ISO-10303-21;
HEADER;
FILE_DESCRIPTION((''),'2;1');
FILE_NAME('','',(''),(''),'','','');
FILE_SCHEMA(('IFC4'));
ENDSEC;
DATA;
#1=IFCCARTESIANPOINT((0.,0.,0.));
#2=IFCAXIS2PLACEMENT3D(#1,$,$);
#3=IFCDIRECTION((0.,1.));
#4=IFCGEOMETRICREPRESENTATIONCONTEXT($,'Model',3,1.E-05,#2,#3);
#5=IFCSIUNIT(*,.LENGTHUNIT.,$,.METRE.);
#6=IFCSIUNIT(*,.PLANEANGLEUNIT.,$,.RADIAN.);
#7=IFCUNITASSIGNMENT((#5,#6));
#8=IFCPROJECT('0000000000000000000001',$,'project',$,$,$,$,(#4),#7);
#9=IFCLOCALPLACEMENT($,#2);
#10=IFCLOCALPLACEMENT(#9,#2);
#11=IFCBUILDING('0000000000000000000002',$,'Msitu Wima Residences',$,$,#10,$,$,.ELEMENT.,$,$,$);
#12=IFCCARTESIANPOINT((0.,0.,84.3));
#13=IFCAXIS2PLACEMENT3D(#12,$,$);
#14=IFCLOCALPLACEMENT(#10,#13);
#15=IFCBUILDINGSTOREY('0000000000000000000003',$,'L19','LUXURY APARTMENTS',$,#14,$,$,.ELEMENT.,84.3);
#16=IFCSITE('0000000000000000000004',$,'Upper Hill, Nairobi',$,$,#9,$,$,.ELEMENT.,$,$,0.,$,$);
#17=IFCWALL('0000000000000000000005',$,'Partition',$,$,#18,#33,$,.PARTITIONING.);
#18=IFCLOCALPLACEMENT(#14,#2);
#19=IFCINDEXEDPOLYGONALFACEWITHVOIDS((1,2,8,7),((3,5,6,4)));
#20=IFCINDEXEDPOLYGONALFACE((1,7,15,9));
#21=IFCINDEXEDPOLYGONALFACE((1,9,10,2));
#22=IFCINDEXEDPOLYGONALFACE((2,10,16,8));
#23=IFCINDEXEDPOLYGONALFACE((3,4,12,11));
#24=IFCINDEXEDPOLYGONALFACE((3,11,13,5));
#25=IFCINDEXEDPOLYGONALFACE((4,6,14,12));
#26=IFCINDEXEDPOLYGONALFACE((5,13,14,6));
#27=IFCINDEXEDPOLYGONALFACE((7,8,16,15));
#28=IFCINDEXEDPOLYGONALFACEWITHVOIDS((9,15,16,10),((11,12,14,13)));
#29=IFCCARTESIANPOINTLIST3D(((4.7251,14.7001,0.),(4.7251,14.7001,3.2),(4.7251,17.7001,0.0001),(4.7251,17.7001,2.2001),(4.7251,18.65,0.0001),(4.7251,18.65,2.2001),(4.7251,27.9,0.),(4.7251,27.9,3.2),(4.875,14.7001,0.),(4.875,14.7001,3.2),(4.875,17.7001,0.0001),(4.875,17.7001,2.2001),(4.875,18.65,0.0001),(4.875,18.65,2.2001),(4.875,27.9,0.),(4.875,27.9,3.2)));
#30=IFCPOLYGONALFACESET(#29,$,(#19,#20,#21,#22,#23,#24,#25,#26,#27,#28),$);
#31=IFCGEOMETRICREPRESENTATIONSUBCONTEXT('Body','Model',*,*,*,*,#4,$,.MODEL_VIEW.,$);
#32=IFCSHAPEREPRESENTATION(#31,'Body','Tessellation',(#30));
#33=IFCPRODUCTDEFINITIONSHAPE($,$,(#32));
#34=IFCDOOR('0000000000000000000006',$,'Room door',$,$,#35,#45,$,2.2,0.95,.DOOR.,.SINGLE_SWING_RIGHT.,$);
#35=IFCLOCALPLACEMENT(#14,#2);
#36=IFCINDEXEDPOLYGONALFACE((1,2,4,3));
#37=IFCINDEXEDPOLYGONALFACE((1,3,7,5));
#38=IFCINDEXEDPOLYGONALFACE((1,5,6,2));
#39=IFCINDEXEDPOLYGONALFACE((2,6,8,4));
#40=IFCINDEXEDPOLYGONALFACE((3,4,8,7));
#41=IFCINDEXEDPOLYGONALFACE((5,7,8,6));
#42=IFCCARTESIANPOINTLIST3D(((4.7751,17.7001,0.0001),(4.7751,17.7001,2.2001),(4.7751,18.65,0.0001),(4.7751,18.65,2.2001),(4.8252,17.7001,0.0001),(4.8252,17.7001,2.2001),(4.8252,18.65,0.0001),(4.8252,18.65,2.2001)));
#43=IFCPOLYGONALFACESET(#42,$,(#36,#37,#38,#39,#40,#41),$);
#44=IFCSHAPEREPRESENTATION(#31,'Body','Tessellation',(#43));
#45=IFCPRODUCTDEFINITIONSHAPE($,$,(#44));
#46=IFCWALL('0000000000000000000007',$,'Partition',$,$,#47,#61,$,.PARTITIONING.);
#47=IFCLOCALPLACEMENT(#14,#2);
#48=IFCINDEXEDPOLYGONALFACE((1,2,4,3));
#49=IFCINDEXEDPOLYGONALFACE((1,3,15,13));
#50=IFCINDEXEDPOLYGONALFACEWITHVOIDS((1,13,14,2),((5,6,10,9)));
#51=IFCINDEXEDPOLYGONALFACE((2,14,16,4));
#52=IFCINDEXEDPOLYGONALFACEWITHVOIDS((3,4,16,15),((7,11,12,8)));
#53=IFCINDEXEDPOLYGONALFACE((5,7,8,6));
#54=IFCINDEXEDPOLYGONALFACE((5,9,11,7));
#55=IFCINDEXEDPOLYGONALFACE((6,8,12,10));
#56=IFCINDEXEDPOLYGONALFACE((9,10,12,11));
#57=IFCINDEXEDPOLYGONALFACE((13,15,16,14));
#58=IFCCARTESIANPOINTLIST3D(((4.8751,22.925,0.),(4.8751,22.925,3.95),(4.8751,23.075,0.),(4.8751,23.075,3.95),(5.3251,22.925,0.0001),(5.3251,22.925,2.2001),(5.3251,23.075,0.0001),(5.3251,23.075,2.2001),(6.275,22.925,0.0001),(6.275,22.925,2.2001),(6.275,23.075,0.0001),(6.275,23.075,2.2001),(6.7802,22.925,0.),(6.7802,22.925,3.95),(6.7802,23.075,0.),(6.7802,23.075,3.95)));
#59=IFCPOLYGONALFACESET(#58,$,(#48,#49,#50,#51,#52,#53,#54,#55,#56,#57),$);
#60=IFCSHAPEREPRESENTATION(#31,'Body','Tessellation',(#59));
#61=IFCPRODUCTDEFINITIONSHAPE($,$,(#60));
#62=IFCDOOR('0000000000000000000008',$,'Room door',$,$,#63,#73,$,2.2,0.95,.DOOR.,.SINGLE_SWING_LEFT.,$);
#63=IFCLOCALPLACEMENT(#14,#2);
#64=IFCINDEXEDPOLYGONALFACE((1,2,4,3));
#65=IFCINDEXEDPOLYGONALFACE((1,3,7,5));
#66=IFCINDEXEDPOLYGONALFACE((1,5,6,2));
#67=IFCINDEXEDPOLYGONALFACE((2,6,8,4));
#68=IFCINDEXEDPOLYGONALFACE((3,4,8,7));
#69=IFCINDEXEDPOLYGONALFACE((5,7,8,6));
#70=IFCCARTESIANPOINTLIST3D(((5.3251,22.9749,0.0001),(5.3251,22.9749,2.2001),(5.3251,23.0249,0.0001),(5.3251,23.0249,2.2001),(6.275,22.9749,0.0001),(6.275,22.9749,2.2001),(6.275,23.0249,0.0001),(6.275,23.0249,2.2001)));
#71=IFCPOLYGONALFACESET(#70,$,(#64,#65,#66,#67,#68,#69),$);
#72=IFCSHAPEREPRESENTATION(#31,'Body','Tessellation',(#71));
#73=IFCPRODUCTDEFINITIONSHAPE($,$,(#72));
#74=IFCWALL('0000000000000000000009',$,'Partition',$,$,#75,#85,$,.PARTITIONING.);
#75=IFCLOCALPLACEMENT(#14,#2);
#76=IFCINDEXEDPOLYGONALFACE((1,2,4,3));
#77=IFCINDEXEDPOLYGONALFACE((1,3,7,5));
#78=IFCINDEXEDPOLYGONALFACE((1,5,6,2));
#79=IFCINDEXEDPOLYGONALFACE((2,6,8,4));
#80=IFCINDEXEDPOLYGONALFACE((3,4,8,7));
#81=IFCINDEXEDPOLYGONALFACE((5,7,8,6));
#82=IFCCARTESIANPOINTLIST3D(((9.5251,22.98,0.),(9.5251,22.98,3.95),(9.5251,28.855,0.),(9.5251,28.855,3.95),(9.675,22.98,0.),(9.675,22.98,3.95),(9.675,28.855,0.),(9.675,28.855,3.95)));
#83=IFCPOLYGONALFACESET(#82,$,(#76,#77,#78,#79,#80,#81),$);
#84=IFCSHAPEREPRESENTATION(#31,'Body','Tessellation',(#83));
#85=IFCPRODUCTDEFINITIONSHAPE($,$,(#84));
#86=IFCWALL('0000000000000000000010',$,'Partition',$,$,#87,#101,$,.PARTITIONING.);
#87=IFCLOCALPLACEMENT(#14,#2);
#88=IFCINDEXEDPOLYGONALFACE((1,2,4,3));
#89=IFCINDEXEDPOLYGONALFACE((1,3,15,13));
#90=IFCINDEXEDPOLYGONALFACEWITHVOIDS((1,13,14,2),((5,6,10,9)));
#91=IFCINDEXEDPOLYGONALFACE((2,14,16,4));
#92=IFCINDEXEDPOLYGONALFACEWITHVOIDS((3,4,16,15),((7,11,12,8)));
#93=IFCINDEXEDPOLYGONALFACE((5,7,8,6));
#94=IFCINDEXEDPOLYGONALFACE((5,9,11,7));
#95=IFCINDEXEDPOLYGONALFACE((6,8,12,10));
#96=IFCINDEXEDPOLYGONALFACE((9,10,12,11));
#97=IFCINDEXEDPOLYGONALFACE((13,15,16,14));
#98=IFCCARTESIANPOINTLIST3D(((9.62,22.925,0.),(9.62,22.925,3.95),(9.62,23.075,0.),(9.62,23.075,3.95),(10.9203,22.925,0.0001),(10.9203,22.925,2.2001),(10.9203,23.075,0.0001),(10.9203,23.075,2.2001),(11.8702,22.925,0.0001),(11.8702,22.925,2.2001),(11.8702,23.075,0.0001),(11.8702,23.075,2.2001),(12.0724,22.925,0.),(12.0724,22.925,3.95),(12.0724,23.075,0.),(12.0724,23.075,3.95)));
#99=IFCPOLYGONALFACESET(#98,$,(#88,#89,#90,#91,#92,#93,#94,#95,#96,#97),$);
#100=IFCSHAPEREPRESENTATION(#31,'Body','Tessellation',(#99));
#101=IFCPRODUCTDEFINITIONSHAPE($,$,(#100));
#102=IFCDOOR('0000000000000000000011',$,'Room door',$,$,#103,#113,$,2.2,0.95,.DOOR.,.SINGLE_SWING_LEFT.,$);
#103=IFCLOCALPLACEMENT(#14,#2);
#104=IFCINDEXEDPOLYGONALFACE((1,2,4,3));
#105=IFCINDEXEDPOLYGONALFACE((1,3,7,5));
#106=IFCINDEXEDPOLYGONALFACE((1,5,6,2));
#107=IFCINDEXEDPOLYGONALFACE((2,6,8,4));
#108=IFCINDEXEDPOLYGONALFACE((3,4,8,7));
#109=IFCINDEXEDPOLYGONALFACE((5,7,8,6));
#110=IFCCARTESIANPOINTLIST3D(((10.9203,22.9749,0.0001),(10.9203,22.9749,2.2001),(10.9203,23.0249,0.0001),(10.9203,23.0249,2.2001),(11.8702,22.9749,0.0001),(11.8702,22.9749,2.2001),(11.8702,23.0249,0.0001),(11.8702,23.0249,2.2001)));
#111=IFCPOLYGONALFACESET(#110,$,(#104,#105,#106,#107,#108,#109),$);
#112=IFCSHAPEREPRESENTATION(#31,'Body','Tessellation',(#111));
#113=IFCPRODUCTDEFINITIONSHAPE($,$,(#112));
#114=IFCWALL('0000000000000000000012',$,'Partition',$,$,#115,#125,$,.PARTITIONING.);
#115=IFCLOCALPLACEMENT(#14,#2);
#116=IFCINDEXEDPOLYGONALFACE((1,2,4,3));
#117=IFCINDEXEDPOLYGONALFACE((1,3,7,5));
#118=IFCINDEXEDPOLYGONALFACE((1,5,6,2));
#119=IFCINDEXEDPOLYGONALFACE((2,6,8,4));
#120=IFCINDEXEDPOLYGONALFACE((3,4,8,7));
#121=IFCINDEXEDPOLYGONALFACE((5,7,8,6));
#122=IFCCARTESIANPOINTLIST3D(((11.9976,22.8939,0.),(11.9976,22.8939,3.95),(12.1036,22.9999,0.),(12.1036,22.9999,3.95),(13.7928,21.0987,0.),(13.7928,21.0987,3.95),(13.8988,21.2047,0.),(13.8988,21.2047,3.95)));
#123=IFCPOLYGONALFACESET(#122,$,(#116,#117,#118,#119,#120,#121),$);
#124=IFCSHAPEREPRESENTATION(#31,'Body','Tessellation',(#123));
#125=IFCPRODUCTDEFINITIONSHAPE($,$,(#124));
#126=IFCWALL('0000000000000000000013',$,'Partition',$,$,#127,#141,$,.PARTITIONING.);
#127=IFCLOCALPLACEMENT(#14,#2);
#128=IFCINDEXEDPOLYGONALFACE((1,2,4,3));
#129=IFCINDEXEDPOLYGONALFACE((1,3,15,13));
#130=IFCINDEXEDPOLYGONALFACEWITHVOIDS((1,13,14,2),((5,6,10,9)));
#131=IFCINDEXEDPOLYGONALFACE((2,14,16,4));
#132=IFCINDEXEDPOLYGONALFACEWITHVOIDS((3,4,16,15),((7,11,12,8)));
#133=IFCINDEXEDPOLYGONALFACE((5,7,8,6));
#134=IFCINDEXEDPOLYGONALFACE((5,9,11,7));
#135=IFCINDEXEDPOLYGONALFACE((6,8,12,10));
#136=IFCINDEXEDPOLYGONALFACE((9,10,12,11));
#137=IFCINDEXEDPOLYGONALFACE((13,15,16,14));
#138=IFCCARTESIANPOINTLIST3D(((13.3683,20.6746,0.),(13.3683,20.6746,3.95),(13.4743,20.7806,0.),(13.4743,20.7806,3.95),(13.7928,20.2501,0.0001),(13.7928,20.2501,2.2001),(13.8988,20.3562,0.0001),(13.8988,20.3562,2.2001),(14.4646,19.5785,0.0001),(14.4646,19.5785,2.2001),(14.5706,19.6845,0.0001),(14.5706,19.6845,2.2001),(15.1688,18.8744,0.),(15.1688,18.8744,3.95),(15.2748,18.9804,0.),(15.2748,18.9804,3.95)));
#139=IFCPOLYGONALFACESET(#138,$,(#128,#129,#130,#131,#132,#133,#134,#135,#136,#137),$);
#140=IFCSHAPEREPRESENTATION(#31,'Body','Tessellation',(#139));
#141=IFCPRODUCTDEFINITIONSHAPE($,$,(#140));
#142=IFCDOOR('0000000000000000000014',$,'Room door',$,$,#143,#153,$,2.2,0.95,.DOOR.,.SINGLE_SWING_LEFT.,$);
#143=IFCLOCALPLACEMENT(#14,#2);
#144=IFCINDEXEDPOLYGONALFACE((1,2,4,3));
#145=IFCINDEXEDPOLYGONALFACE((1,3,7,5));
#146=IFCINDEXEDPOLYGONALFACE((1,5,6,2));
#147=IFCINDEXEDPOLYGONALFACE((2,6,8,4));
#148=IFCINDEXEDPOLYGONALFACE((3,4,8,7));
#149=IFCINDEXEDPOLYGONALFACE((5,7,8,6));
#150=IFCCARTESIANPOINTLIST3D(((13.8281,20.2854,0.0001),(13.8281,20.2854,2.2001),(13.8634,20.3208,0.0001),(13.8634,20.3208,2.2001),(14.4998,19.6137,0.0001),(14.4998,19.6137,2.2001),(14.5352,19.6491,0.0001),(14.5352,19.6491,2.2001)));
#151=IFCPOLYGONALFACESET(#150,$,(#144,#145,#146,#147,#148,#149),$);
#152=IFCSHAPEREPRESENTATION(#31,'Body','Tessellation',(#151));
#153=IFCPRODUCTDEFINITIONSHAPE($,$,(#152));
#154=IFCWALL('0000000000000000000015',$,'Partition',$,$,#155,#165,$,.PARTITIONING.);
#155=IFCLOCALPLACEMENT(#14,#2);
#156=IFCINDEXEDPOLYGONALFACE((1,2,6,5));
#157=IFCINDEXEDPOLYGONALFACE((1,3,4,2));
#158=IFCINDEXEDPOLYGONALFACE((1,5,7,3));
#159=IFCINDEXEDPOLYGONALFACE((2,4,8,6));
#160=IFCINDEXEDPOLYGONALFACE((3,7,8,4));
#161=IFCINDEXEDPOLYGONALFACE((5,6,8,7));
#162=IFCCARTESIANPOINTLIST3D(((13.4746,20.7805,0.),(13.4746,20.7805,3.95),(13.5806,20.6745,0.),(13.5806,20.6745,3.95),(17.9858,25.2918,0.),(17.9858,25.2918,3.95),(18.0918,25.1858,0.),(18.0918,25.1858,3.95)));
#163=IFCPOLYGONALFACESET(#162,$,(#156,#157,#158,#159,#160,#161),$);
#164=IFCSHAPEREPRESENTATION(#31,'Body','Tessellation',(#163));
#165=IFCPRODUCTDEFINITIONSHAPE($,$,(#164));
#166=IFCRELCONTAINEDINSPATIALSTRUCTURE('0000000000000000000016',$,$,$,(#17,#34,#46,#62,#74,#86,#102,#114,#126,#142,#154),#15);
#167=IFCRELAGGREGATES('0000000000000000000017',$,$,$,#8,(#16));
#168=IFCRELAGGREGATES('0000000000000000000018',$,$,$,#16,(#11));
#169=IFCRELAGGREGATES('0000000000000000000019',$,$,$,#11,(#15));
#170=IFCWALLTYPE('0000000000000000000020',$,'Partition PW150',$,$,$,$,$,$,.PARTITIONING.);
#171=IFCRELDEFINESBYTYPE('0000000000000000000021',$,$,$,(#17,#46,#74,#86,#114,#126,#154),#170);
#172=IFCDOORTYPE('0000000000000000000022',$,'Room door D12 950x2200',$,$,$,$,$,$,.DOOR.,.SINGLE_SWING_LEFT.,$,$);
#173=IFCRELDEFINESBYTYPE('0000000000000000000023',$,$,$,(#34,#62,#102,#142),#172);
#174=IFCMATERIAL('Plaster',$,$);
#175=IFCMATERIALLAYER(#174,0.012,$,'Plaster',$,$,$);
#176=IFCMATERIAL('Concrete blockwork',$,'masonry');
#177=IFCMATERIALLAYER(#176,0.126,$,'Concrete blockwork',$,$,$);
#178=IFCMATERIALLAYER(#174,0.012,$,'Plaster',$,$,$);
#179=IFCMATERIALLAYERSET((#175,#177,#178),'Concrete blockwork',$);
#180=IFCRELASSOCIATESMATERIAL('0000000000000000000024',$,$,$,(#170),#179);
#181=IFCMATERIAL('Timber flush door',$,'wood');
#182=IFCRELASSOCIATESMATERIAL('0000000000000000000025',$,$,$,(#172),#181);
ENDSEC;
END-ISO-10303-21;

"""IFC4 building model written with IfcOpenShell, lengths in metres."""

from ifc_helpers import new_model, si_unit, direction, frame, frame_2d, origin, place, context, subcontext, project, spatial, rectangle, extrude, material, layer, layer_set, type_object, element, fill, save


model = new_model("IFC4")

# Units and contexts
model_context = context("Model", 3, precision=1e-05, world=origin(), true_north=direction((0.0, 1.0)))
body_context = subcontext(model_context, "Body", "Model", "MODEL_VIEW")
ifc_project = project(units=[si_unit("LENGTHUNIT", "METRE"), si_unit("PLANEANGLEUNIT", "RADIAN")], contexts=[model_context])

# Site, building, storey
site_placement = place(None, origin())
site = spatial("IfcSite", under=ifc_project, at=site_placement, Name="Upper Hill, Nairobi", CompositionType="ELEMENT", RefElevation=0.0)
building_placement = place(site_placement, origin())
building = spatial("IfcBuilding", under=site, at=building_placement, Name="Msitu Wima Residences", CompositionType="ELEMENT")
storey_placement = place(building_placement, frame((0.0, 0.0, 84.3)))
storey = spatial("IfcBuildingStorey", under=building, at=storey_placement, Name="L19", Description="LUXURY APARTMENTS", CompositionType="ELEMENT", Elevation=84.3)

# Walls, openings, doors
ifc_material_1 = material(Name="Plaster")
ifc_layer_1 = layer(ifc_material_1, 0.012, Name="Plaster")
ifc_material_2 = material(Name="Concrete blockwork", Category="masonry")
ifc_layer_2 = layer(ifc_material_2, 0.126, Name="Concrete blockwork")
ifc_layer_3 = layer(ifc_material_1, 0.012, Name="Plaster")
ifc_layer_set_1 = layer_set([ifc_layer_1, ifc_layer_2, ifc_layer_3], Name="Concrete blockwork")
wall_type_1 = type_object("IfcWallType", Name="Partition PW150", PredefinedType="PARTITIONING", material=ifc_layer_set_1)
wall_1_placement = place(storey_placement, frame((4.8, 14.7, 0.0), z_axis=(0.0, 0.0, 1.0), x_axis=(0.0, 1.0, 0.0)))
wall_1 = element("IfcWall", 1, at=wall_1_placement, inside=storey, type_object=wall_type_1, Name="Partition", PredefinedType="PARTITIONING", context=body_context, shape_type="SweptSolid", body=[
    extrude(rectangle(XDim=13.2, YDim=0.1499, at=frame_2d((6.6001, 0.0))), origin(), (0.0, 0.0, 1.0), 3.2),
])
opening_1_placement = place(wall_1_placement, frame((3.0, 0.0, 0.0)))
opening_1 = element("IfcOpeningElement", 2, at=opening_1_placement, cuts=wall_1, PredefinedType="OPENING", context=body_context, shape_type="SweptSolid", body=[
    extrude(rectangle(XDim=0.95, YDim=2.2, at=frame_2d((0.4751, 1.1001))), frame((0.0, 0.085, 0.0), z_axis=(0.0, -1.0, 0.0), x_axis=(1.0, 0.0, 0.0)), (0.0, 0.0, 1.0), 0.1699),
])
ifc_material_3 = material(Name="Timber flush door", Category="wood")
door_type_1 = type_object("IfcDoorType", Name="Room door D12 950x2200", OperationType="SINGLE_SWING_LEFT", PredefinedType="DOOR", material=ifc_material_3)
door_1_placement = place(opening_1_placement, origin())
door_1 = element("IfcDoor", 3, at=door_1_placement, inside=storey, type_object=door_type_1, Name="Room door", OperationType="SINGLE_SWING_RIGHT", OverallHeight=2.2, OverallWidth=0.95, PredefinedType="DOOR", context=body_context, shape_type="SweptSolid", body=[
    extrude(rectangle(XDim=0.95, YDim=2.2, at=frame_2d((0.4751, 1.1001))), frame((0.0, 0.0249, 0.0), z_axis=(0.0, -1.0, 0.0), x_axis=(1.0, 0.0, 0.0)), (0.0, 0.0, 1.0), 0.05),
])
fill(opening_1, door_1)
wall_2_placement = place(storey_placement, frame((4.875, 23.0, 0.0), z_axis=(0.0, 0.0, 1.0), x_axis=(1.0, 0.0, 0.0)))
wall_2 = element("IfcWall", 4, at=wall_2_placement, inside=storey, type_object=wall_type_1, Name="Partition", PredefinedType="PARTITIONING", context=body_context, shape_type="SweptSolid", body=[
    extrude(rectangle(XDim=1.905, YDim=0.1499, at=frame_2d((0.9526, 0.0))), origin(), (0.0, 0.0, 1.0), 3.95),
])
opening_2_placement = place(wall_2_placement, frame((0.45, 0.0, 0.0)))
opening_2 = element("IfcOpeningElement", 5, at=opening_2_placement, cuts=wall_2, PredefinedType="OPENING", context=body_context, shape_type="SweptSolid", body=[
    extrude(rectangle(XDim=0.95, YDim=2.2, at=frame_2d((0.4751, 1.1001))), frame((0.0, 0.085, 0.0), z_axis=(0.0, -1.0, 0.0), x_axis=(1.0, 0.0, 0.0)), (0.0, 0.0, 1.0), 0.1699),
])
door_2_placement = place(opening_2_placement, origin())
door_2 = element("IfcDoor", 6, at=door_2_placement, inside=storey, type_object=door_type_1, Name="Room door", OperationType="SINGLE_SWING_LEFT", OverallHeight=2.2, OverallWidth=0.95, PredefinedType="DOOR", context=body_context, shape_type="SweptSolid", body=[
    extrude(rectangle(XDim=0.95, YDim=2.2, at=frame_2d((0.4751, 1.1001))), frame((0.0, 0.0249, 0.0), z_axis=(0.0, -1.0, 0.0), x_axis=(1.0, 0.0, 0.0)), (0.0, 0.0, 1.0), 0.05),
])
fill(opening_2, door_2)

# Wall
wall_3_placement = place(storey_placement, frame((9.6001, 22.98, 0.0), z_axis=(0.0, 0.0, 1.0), x_axis=(0.0, 1.0, 0.0)))
element("IfcWall", 7, at=wall_3_placement, inside=storey, type_object=wall_type_1, Name="Partition", PredefinedType="PARTITIONING", context=body_context, shape_type="SweptSolid", body=[
    extrude(rectangle(XDim=5.875, YDim=0.1499, at=frame_2d((2.9375, 0.0))), origin(), (0.0, 0.0, 1.0), 3.95),
])

# Wall, opening, door
wall_4_placement = place(storey_placement, frame((9.6201, 23.0, 0.0), z_axis=(0.0, 0.0, 1.0), x_axis=(1.0, 0.0, 0.0)))
wall_4 = element("IfcWall", 8, at=wall_4_placement, inside=storey, type_object=wall_type_1, Name="Partition", PredefinedType="PARTITIONING", context=body_context, shape_type="SweptSolid", body=[
    extrude(rectangle(XDim=2.4524, YDim=0.1499, at=frame_2d((1.2261, 0.0))), origin(), (0.0, 0.0, 1.0), 3.95),
])
opening_3_placement = place(wall_4_placement, frame((1.3, 0.0, 0.0)))
opening_3 = element("IfcOpeningElement", 9, at=opening_3_placement, cuts=wall_4, PredefinedType="OPENING", context=body_context, shape_type="SweptSolid", body=[
    extrude(rectangle(XDim=0.95, YDim=2.2, at=frame_2d((0.4751, 1.1001))), frame((0.0, 0.085, 0.0), z_axis=(0.0, -1.0, 0.0), x_axis=(1.0, 0.0, 0.0)), (0.0, 0.0, 1.0), 0.1699),
])
door_3_placement = place(opening_3_placement, origin())
door_3 = element("IfcDoor", 10, at=door_3_placement, inside=storey, type_object=door_type_1, Name="Room door", OperationType="SINGLE_SWING_LEFT", OverallHeight=2.2, OverallWidth=0.95, PredefinedType="DOOR", context=body_context, shape_type="SweptSolid", body=[
    extrude(rectangle(XDim=0.95, YDim=2.2, at=frame_2d((0.4751, 1.1001))), frame((0.0, 0.0249, 0.0), z_axis=(0.0, -1.0, 0.0), x_axis=(1.0, 0.0, 0.0)), (0.0, 0.0, 1.0), 0.05),
])
fill(opening_3, door_3)

# Wall
wall_5_placement = place(storey_placement, frame((12.0505, 22.947, 0.0), z_axis=(0.0, 0.0, 1.0), x_axis=(0.707107, -0.707107, 0.0)))
element("IfcWall", 11, at=wall_5_placement, inside=storey, type_object=wall_type_1, Name="Partition", PredefinedType="PARTITIONING", context=body_context, shape_type="SweptSolid", body=[
    extrude(rectangle(XDim=2.5388, YDim=0.1499, at=frame_2d((1.2695, 0.0))), origin(), (0.0, 0.0, 1.0), 3.95),
])

# Wall, opening, door
wall_6_placement = place(storey_placement, frame((13.4214, 20.7275, 0.0), z_axis=(0.0, 0.0, 1.0), x_axis=(0.707155, -0.707059, 0.0)))
wall_6 = element("IfcWall", 12, at=wall_6_placement, inside=storey, type_object=wall_type_1, Name="Partition", PredefinedType="PARTITIONING", context=body_context, shape_type="SweptSolid", body=[
    extrude(rectangle(XDim=2.5461, YDim=0.1499, at=frame_2d((1.2729, 0.0))), origin(), (0.0, 0.0, 1.0), 3.95),
])
opening_4_placement = place(wall_6_placement, frame((0.6001, 0.0, 0.0)))
opening_4 = element("IfcOpeningElement", 13, at=opening_4_placement, cuts=wall_6, PredefinedType="OPENING", context=body_context, shape_type="SweptSolid", body=[
    extrude(rectangle(XDim=0.95, YDim=2.2, at=frame_2d((0.4751, 1.1001))), frame((0.0, 0.085, 0.0), z_axis=(0.0, -1.0, 0.0), x_axis=(1.0, 0.0, 0.0)), (0.0, 0.0, 1.0), 0.1699),
])
door_4_placement = place(opening_4_placement, origin())
door_4 = element("IfcDoor", 14, at=door_4_placement, inside=storey, type_object=door_type_1, Name="Room door", OperationType="SINGLE_SWING_LEFT", OverallHeight=2.2, OverallWidth=0.95, PredefinedType="DOOR", context=body_context, shape_type="SweptSolid", body=[
    extrude(rectangle(XDim=0.95, YDim=2.2, at=frame_2d((0.4751, 1.1001))), frame((0.0, 0.0249, 0.0), z_axis=(0.0, -1.0, 0.0), x_axis=(1.0, 0.0, 0.0)), (0.0, 0.0, 1.0), 0.05),
])
fill(opening_4, door_4)

# Wall
wall_7_placement = place(storey_placement, frame((13.5276, 20.7275, 0.0), z_axis=(0.0, 0.0, 1.0), x_axis=(0.707107, 0.707107, 0.0)))
element("IfcWall", 15, at=wall_7_placement, inside=storey, type_object=wall_type_1, Name="Partition", PredefinedType="PARTITIONING", context=body_context, shape_type="SweptSolid", body=[
    extrude(rectangle(XDim=6.3799, YDim=0.1499, at=frame_2d((3.1899, 0.0))), origin(), (0.0, 0.0, 1.0), 3.95),
])

save(model, "model.ifc")
